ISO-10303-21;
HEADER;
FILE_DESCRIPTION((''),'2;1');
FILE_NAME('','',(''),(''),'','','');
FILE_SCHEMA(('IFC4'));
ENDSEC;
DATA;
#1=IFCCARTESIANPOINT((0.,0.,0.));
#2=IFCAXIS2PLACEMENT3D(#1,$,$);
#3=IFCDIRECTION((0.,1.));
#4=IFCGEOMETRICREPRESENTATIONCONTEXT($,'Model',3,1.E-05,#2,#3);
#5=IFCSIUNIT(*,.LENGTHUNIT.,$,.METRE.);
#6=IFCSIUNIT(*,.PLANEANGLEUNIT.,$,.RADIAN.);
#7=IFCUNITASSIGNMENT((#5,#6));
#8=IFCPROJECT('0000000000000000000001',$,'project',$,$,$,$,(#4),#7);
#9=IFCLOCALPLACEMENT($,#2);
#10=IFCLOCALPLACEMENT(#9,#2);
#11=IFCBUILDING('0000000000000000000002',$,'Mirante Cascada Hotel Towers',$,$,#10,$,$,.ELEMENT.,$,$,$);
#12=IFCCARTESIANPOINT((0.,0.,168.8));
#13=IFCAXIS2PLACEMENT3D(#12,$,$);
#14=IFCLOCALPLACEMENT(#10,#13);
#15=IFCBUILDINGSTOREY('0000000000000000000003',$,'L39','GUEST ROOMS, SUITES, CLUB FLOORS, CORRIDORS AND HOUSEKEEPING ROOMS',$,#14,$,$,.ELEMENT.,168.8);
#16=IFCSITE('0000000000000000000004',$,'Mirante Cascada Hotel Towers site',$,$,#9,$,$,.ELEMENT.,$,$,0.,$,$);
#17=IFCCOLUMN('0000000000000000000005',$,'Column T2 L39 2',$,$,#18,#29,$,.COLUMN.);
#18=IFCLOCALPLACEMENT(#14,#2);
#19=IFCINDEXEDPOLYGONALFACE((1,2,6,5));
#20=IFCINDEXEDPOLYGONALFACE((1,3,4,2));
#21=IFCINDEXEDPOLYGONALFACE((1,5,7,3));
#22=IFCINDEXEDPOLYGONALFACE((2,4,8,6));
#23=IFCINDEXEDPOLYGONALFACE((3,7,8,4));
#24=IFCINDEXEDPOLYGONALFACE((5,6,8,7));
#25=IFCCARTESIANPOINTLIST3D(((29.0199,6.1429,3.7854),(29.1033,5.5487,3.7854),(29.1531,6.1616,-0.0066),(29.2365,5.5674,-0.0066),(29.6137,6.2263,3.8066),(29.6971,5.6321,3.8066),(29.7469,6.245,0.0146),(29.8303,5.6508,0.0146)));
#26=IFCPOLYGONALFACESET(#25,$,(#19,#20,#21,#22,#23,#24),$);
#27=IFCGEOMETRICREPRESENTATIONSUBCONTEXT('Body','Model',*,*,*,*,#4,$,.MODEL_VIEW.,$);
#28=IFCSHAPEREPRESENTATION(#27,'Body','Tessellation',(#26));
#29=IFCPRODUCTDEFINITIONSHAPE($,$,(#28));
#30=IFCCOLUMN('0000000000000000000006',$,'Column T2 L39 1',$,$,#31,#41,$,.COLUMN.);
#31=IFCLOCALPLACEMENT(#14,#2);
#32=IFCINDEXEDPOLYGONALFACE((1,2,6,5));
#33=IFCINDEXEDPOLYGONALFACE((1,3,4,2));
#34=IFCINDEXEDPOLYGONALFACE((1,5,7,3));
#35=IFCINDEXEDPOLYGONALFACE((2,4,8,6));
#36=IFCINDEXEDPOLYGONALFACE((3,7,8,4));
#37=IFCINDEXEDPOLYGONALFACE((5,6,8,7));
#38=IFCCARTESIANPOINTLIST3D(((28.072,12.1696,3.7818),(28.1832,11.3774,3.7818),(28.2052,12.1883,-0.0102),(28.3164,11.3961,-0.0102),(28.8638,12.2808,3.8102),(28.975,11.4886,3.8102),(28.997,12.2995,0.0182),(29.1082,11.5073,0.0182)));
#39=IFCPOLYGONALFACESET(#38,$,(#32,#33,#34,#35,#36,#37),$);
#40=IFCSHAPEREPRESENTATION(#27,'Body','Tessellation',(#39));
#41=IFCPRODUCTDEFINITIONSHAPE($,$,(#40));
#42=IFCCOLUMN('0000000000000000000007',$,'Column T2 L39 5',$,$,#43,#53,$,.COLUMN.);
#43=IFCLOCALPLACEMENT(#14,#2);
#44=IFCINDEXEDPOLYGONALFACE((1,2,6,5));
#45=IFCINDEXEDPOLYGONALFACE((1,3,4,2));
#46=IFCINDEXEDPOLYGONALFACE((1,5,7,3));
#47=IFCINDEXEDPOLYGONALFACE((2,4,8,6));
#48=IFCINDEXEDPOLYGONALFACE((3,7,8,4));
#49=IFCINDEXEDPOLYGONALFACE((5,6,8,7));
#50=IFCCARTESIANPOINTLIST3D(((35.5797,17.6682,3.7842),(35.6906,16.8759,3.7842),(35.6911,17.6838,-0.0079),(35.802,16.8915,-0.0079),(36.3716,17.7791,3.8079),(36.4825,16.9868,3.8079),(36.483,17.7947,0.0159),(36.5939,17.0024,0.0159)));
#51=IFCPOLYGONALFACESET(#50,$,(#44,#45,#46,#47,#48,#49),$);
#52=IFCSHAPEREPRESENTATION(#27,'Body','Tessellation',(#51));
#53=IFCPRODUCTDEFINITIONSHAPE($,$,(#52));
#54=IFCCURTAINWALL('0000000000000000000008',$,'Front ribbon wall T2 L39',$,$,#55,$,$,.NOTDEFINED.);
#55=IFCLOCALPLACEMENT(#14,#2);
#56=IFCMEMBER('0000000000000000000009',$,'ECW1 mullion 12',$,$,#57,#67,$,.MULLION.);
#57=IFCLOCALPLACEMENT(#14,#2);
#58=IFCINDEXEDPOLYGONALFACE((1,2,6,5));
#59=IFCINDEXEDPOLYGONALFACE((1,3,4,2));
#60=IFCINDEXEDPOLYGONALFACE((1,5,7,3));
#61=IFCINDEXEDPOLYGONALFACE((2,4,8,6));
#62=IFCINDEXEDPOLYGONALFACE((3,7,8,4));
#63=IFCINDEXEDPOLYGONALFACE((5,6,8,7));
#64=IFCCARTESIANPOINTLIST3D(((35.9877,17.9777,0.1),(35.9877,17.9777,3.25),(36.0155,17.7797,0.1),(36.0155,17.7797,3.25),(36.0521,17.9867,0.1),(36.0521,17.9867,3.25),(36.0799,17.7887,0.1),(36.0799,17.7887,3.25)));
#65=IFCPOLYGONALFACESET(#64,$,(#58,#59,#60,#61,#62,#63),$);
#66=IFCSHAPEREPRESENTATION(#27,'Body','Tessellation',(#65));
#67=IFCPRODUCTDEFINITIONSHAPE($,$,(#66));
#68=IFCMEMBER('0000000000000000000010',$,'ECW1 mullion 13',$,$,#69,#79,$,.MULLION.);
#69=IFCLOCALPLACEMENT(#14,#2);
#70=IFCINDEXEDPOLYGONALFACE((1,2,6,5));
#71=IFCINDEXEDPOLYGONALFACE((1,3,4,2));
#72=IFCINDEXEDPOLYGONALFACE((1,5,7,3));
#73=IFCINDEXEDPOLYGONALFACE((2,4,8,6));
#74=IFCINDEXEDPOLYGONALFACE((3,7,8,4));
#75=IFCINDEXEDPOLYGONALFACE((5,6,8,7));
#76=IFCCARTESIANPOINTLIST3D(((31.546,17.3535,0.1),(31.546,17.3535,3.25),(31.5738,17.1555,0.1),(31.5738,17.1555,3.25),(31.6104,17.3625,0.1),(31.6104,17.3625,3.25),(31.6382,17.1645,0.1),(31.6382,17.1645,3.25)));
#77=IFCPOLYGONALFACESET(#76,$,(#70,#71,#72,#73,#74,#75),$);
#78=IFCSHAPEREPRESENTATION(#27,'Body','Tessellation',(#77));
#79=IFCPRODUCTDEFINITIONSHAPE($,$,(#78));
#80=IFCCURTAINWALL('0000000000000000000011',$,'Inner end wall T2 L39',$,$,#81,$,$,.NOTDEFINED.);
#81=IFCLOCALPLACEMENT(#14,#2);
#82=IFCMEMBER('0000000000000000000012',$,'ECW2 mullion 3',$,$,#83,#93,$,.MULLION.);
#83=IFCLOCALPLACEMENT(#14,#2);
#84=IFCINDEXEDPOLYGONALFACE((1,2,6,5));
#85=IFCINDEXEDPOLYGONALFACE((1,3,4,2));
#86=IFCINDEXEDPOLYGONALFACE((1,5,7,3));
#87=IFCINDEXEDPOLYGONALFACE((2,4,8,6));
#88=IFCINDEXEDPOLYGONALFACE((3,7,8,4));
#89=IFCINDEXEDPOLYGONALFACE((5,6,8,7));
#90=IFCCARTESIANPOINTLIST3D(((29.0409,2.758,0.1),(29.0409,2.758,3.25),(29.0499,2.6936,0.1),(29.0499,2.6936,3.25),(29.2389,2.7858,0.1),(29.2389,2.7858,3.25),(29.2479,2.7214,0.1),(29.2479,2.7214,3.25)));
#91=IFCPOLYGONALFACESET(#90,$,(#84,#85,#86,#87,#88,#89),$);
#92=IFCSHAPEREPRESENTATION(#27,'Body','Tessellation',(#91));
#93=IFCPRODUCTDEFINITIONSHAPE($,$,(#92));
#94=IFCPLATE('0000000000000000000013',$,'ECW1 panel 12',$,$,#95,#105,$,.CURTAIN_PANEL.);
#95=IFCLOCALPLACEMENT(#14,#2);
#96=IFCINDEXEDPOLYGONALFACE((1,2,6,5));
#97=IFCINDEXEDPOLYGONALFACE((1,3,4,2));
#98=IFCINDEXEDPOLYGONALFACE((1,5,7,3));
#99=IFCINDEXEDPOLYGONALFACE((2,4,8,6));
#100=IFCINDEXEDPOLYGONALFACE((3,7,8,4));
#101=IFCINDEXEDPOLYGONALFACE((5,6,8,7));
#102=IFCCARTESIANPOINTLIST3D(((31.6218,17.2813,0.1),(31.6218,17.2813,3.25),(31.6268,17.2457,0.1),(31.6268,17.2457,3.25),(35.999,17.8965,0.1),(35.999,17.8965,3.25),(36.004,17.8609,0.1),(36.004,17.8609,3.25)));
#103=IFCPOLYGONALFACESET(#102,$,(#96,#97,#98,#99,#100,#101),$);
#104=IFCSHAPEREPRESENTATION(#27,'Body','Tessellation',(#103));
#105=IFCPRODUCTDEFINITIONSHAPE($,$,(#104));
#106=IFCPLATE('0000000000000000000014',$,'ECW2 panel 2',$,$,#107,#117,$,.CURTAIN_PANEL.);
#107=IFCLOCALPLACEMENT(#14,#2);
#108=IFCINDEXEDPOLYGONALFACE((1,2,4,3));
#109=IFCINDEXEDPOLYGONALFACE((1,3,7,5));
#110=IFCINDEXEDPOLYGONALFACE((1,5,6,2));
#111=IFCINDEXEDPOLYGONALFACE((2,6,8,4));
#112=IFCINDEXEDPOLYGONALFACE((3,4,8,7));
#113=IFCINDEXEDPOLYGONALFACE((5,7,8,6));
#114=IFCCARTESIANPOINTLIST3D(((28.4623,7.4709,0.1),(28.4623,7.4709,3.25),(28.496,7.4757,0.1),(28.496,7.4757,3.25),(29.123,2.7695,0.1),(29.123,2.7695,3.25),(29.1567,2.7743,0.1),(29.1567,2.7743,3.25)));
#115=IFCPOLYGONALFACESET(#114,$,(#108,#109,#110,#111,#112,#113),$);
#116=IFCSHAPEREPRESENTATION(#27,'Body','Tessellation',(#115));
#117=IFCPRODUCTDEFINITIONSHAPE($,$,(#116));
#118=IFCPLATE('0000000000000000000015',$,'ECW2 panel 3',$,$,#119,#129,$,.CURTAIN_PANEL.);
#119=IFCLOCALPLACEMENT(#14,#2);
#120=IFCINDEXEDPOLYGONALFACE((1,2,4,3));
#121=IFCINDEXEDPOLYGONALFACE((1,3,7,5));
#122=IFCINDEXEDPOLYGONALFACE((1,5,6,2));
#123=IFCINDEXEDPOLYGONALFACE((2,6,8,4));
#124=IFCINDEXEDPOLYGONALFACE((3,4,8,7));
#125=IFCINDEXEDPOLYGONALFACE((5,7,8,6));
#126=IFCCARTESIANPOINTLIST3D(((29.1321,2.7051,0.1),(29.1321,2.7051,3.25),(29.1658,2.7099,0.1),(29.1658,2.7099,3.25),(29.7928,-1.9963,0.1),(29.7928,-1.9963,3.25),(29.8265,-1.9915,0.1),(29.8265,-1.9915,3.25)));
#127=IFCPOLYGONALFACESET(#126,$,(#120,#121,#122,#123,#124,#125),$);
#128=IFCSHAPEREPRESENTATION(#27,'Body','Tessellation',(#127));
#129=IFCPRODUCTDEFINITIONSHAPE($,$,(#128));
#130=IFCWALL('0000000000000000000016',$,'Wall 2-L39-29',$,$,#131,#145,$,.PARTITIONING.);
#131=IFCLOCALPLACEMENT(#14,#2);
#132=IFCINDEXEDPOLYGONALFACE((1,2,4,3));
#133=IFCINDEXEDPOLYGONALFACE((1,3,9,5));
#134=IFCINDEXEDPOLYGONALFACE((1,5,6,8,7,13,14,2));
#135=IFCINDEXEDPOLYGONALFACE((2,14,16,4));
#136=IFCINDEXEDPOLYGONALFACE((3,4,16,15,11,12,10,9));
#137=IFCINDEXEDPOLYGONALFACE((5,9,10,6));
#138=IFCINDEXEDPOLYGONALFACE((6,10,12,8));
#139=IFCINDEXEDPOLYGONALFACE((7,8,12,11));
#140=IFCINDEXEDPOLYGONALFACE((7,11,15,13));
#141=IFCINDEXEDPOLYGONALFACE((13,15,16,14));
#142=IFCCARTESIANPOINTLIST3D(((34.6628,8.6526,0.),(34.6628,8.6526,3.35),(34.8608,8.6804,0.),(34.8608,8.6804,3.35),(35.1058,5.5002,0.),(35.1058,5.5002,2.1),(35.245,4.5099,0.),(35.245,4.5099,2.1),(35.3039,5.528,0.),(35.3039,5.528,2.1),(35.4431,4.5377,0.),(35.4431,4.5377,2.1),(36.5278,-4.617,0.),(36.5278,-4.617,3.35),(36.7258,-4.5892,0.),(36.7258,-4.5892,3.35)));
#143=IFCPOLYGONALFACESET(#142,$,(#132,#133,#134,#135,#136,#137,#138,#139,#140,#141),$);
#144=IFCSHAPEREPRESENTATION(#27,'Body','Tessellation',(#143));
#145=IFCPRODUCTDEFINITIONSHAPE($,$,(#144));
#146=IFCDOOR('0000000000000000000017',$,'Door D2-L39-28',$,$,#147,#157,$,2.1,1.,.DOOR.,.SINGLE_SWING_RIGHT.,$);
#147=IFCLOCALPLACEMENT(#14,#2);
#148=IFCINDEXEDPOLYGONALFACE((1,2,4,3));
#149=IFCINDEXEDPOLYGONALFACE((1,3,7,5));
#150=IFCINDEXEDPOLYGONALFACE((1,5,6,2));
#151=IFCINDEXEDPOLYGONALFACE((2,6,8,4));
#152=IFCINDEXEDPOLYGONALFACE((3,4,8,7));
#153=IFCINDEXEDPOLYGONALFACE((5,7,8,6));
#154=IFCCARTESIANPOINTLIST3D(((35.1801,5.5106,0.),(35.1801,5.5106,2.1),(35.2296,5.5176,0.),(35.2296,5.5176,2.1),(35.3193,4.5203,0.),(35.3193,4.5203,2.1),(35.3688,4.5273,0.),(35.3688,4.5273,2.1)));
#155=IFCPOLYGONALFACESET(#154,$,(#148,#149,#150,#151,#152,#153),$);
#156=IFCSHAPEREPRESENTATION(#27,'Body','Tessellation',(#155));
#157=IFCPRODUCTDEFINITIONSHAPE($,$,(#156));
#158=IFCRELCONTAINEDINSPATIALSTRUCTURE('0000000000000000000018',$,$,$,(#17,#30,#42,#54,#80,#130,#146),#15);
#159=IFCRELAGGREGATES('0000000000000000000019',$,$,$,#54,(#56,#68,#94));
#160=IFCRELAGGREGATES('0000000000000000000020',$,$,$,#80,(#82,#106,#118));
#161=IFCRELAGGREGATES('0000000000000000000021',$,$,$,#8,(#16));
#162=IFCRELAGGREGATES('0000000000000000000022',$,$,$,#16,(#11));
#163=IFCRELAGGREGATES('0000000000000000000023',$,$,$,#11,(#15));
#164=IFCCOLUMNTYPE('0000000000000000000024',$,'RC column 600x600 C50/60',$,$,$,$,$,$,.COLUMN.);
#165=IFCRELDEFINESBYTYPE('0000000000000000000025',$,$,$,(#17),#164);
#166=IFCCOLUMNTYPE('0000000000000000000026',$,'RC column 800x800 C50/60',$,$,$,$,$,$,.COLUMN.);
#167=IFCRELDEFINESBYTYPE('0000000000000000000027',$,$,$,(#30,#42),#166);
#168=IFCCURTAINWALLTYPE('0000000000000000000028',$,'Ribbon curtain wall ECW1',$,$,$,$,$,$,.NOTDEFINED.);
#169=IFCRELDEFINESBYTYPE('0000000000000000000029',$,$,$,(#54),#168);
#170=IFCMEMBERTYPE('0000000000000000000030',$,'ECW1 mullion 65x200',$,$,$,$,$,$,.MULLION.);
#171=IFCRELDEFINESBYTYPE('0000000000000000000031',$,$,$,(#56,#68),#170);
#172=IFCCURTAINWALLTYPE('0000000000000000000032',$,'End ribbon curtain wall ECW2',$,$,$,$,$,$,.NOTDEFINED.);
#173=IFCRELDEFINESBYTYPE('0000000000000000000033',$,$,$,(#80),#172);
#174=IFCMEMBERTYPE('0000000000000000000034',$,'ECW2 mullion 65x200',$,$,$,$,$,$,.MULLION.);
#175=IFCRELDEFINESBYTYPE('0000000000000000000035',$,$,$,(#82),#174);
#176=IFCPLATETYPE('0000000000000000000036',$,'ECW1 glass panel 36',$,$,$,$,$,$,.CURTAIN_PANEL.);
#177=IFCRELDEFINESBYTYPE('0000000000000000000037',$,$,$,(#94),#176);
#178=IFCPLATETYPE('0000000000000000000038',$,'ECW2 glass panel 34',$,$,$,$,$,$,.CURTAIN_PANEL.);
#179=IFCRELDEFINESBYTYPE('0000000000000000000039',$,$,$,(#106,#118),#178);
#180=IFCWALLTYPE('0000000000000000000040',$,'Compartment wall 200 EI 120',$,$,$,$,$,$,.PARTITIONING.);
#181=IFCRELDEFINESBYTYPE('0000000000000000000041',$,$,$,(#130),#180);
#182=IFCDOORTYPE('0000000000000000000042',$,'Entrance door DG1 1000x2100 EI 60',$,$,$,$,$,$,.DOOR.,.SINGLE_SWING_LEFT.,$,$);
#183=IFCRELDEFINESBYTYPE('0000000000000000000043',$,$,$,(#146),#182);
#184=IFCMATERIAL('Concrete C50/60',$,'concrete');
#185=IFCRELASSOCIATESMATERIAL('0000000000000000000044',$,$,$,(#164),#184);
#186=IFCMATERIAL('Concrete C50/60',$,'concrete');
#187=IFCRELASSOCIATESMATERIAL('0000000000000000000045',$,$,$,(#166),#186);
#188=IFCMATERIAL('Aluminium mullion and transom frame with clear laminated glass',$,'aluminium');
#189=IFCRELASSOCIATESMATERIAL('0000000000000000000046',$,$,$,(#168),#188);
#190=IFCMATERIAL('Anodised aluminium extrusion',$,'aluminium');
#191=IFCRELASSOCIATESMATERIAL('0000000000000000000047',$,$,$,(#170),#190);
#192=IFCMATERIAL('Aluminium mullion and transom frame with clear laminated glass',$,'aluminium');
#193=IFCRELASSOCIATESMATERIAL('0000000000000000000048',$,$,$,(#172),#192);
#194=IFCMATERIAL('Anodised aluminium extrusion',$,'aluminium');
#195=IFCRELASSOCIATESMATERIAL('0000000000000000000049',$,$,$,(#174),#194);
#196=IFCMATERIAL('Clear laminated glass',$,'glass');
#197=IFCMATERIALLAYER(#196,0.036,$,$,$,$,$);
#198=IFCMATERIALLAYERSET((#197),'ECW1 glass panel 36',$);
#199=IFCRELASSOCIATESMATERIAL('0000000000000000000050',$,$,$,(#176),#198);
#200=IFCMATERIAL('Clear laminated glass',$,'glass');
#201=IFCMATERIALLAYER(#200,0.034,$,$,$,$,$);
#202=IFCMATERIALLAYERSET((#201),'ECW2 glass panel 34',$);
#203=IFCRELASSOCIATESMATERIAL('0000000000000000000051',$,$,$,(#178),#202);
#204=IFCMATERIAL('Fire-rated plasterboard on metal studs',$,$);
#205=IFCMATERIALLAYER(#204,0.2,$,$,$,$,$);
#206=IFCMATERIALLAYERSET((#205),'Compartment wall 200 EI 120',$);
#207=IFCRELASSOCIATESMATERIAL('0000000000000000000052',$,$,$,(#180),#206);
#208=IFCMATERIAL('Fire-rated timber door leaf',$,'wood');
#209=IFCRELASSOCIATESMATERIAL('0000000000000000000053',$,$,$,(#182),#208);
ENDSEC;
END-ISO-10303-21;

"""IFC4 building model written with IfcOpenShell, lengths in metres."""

from ifc_helpers import new_model, si_unit, direction, frame, frame_2d, origin, origin_2d, place, context, subcontext, project, spatial, rectangle, extrude, material, layer, layer_set, material_profile, profile_set, type_object, element, fill, aggregate, save


model = new_model("IFC4")

# Units and contexts
model_context = context("Model", 3, precision=1e-05, world=origin(), true_north=direction((0.0, 1.0)))
body_context = subcontext(model_context, "Body", "Model", "MODEL_VIEW")
ifc_project = project(units=[si_unit("LENGTHUNIT", "METRE"), si_unit("PLANEANGLEUNIT", "RADIAN")], contexts=[model_context])

# Site, building, storey
site_placement = place(None, origin())
site = spatial("IfcSite", under=ifc_project, at=site_placement, Name="Mirante Cascada Hotel Towers site", CompositionType="ELEMENT", RefElevation=0.0)
building_placement = place(site_placement, origin())
building = spatial("IfcBuilding", under=site, at=building_placement, Name="Mirante Cascada Hotel Towers", CompositionType="ELEMENT")
storey_placement = place(building_placement, frame((0.0, 0.0, 168.8)))
storey = spatial("IfcBuildingStorey", under=building, at=storey_placement, Name="L39", Description="GUEST ROOMS, SUITES, CLUB FLOORS, CORRIDORS AND HOUSEKEEPING ROOMS", CompositionType="ELEMENT", Elevation=168.8)

# Columns
ifc_material_1 = material(Name="Concrete C50/60", Category="concrete")
ifc_material_profile_1 = material_profile(ifc_material_1, rectangle(XDim=0.6, YDim=0.6, at=origin_2d()), Name="RC column 600x600 C50/60")
ifc_profile_set_1 = profile_set([ifc_material_profile_1], Name="Concrete C50/60")
column_type_1 = type_object("IfcColumnType", Name="RC column 600x600 C50/60", PredefinedType="COLUMN", material=ifc_profile_set_1)
column_1_placement = place(storey_placement, frame((29.4917, 5.9062, 0.004), z_axis=(-0.035104, -0.004928, 0.999371), x_axis=(0.139027, -0.990289, 0.0)))
element("IfcColumn", 1, at=column_1_placement, inside=storey, type_object=column_type_1, Name="Column T2 L39 2", PredefinedType="COLUMN", context=body_context, shape_type="SweptSolid", body=[
    extrude(rectangle(XDim=0.6, YDim=0.6, at=origin_2d()), origin(), (0.0, 0.0, 1.0), 3.7944),
])
ifc_material_2 = material(Name="Concrete C50/60", Category="concrete")
ifc_material_profile_2 = material_profile(ifc_material_2, rectangle(XDim=0.8, YDim=0.8, at=origin_2d()), Name="RC column 800x800 C50/60")
ifc_profile_set_2 = profile_set([ifc_material_profile_2], Name="Concrete C50/60")
column_type_2 = type_object("IfcColumnType", Name="RC column 800x800 C50/60", PredefinedType="COLUMN", material=ifc_profile_set_2)
column_2_placement = place(storey_placement, frame((28.6567, 11.8478, 0.004), z_axis=(-0.035104, -0.004928, 0.999371), x_axis=(0.139027, -0.990289, 0.0)))
element("IfcColumn", 2, at=column_2_placement, inside=storey, type_object=column_type_2, Name="Column T2 L39 1", PredefinedType="COLUMN", context=body_context, shape_type="SweptSolid", body=[
    extrude(rectangle(XDim=0.8, YDim=0.8, at=origin_2d()), origin(), (0.0, 0.0, 1.0), 3.7944),
])
column_3_placement = place(storey_placement, frame((36.1425, 17.3431, 0.004), z_axis=(-0.029365, -0.004112, 0.99956), x_axis=(0.138683, -0.990337, 0.0)))
element("IfcColumn", 3, at=column_3_placement, inside=storey, type_object=column_type_2, Name="Column T2 L39 5", PredefinedType="COLUMN", context=body_context, shape_type="SweptSolid", body=[
    extrude(rectangle(XDim=0.8, YDim=0.8, at=origin_2d()), origin(), (0.0, 0.0, 1.0), 3.7937),
])

# Curtain wall, members
ifc_material_3 = material(Name="Aluminium mullion and transom frame with clear laminated glass", Category="aluminium")
curtain_wall_type_1 = type_object("IfcCurtainWallType", Name="Ribbon curtain wall ECW1", PredefinedType="NOTDEFINED", material=ifc_material_3)
curtain_wall_1_placement = place(storey_placement, origin())
curtain_wall_1 = element("IfcCurtainWall", 4, at=curtain_wall_1_placement, inside=storey, type_object=curtain_wall_type_1, Name="Front ribbon wall T2 L39", PredefinedType="NOTDEFINED")
ifc_material_4 = material(Name="Anodised aluminium extrusion", Category="aluminium")
ifc_material_profile_3 = material_profile(ifc_material_4, rectangle(XDim=0.2, YDim=0.065, at=origin_2d()), Name="ECW1 MULLION 65x200")
ifc_profile_set_3 = profile_set([ifc_material_profile_3], Name="Anodised aluminium extrusion")
member_type_1 = type_object("IfcMemberType", Name="ECW1 mullion 65x200", PredefinedType="MULLION", material=ifc_profile_set_3)
member_1_placement = place(storey_placement, frame((36.0338, 17.8832, 0.1), z_axis=(0.0, 0.0, 1.0), x_axis=(0.139173, -0.990268, 0.0)))
member_1 = element("IfcMember", 5, at=member_1_placement, type_object=member_type_1, Name="ECW1 mullion 12", PredefinedType="MULLION", context=body_context, shape_type="SweptSolid", body=[
    extrude(rectangle(XDim=0.2, YDim=0.065, at=origin_2d()), origin(), (0.0, 0.0, 1.0), 3.15),
])
member_2_placement = place(storey_placement, frame((31.5921, 17.259, 0.1), z_axis=(0.0, 0.0, 1.0), x_axis=(0.139173, -0.990268, 0.0)))
member_2 = element("IfcMember", 6, at=member_2_placement, type_object=member_type_1, Name="ECW1 mullion 13", PredefinedType="MULLION", context=body_context, shape_type="SweptSolid", body=[
    extrude(rectangle(XDim=0.2, YDim=0.065, at=origin_2d()), origin(), (0.0, 0.0, 1.0), 3.15),
])

# Curtain wall, member
ifc_material_5 = material(Name="Aluminium mullion and transom frame with clear laminated glass", Category="aluminium")
curtain_wall_type_2 = type_object("IfcCurtainWallType", Name="End ribbon curtain wall ECW2", PredefinedType="NOTDEFINED", material=ifc_material_5)
curtain_wall_2_placement = place(storey_placement, origin())
curtain_wall_2 = element("IfcCurtainWall", 7, at=curtain_wall_2_placement, inside=storey, type_object=curtain_wall_type_2, Name="Inner end wall T2 L39", PredefinedType="NOTDEFINED")
ifc_material_6 = material(Name="Anodised aluminium extrusion", Category="aluminium")
ifc_material_profile_4 = material_profile(ifc_material_6, rectangle(XDim=0.2, YDim=0.065, at=origin_2d()), Name="ECW2 MULLION 65x200")
ifc_profile_set_4 = profile_set([ifc_material_profile_4], Name="Anodised aluminium extrusion")
member_type_2 = type_object("IfcMemberType", Name="ECW2 mullion 65x200", PredefinedType="MULLION", material=ifc_profile_set_4)
member_3_placement = place(storey_placement, frame((29.1444, 2.7397, 0.1), z_axis=(0.0, 0.0, 1.0), x_axis=(0.990268, 0.139173, 0.0)))
member_3 = element("IfcMember", 8, at=member_3_placement, type_object=member_type_2, Name="ECW2 mullion 3", PredefinedType="MULLION", context=body_context, shape_type="SweptSolid", body=[
    extrude(rectangle(XDim=0.2, YDim=0.065, at=origin_2d()), origin(), (0.0, 0.0, 1.0), 3.15),
])

# Plates
ifc_material_7 = material(Name="Clear laminated glass", Category="glass")
ifc_layer_1 = layer(ifc_material_7, 0.036)
ifc_layer_set_1 = layer_set([ifc_layer_1], Name="ECW1 glass panel 36")
plate_type_1 = type_object("IfcPlateType", Name="ECW1 glass panel 36", PredefinedType="CURTAIN_PANEL", material=ifc_layer_set_1)
plate_1_placement = place(storey_placement, frame((33.8129, 17.5711, 0.1), z_axis=(0.0, 0.0, 1.0), x_axis=(-0.990268, -0.139173, 0.0)))
plate_1 = element("IfcPlate", 9, at=plate_1_placement, type_object=plate_type_1, Name="ECW1 panel 12", PredefinedType="CURTAIN_PANEL", context=body_context, shape_type="SweptSolid", body=[
    extrude(rectangle(XDim=4.4203, YDim=0.036, at=origin_2d()), origin(), (0.0, 0.0, 1.0), 3.15),
])
aggregate(curtain_wall_1, [member_1, member_2, plate_1])
ifc_material_8 = material(Name="Clear laminated glass", Category="glass")
ifc_layer_2 = layer(ifc_material_8, 0.034)
ifc_layer_set_2 = layer_set([ifc_layer_2], Name="ECW2 glass panel 34")
plate_type_2 = type_object("IfcPlateType", Name="ECW2 glass panel 34", PredefinedType="CURTAIN_PANEL", material=ifc_layer_set_2)
plate_2_placement = place(storey_placement, frame((28.8095, 5.1226, 0.1), z_axis=(0.0, 0.0, 1.0), x_axis=(0.139173, -0.990268, 0.0)))
plate_2 = element("IfcPlate", 10, at=plate_2_placement, type_object=plate_type_2, Name="ECW2 panel 2", PredefinedType="CURTAIN_PANEL", context=body_context, shape_type="SweptSolid", body=[
    extrude(rectangle(XDim=4.7476, YDim=0.034, at=origin_2d()), origin(), (0.0, 0.0, 1.0), 3.15),
])
plate_3_placement = place(storey_placement, frame((29.4793, 0.3568, 0.1), z_axis=(0.0, 0.0, 1.0), x_axis=(0.139173, -0.990268, 0.0)))
plate_3 = element("IfcPlate", 11, at=plate_3_placement, type_object=plate_type_2, Name="ECW2 panel 3", PredefinedType="CURTAIN_PANEL", context=body_context, shape_type="SweptSolid", body=[
    extrude(rectangle(XDim=4.7476, YDim=0.034, at=origin_2d()), origin(), (0.0, 0.0, 1.0), 3.15),
])
aggregate(curtain_wall_2, [member_3, plate_2, plate_3])

# Wall, opening, door
ifc_material_9 = material(Name="Fire-rated plasterboard on metal studs")
ifc_layer_3 = layer(ifc_material_9, 0.2)
ifc_layer_set_3 = layer_set([ifc_layer_3], Name="Compartment wall 200 EI 120")
wall_type_1 = type_object("IfcWallType", Name="Compartment wall 200 EI 120", PredefinedType="PARTITIONING", material=ifc_layer_set_3)
wall_1_placement = place(storey_placement, frame((34.7618, 8.6665, 0.0), z_axis=(0.0, 0.0, 1.0), x_axis=(0.139179, -0.990267, 0.0)))
wall_1 = element("IfcWall", 12, at=wall_1_placement, inside=storey, type_object=wall_type_1, Name="Wall 2-L39-29", PredefinedType="PARTITIONING", context=body_context, shape_type="SweptSolid", body=[
    extrude(rectangle(XDim=13.4, YDim=0.2, at=frame_2d((6.7, 0.0))), origin(), (0.0, 0.0, 1.0), 3.35),
])
opening_1_placement = place(wall_1_placement, frame((3.1834, 0.0, 0.0)))
opening_1 = element("IfcOpeningElement", 13, at=opening_1_placement, cuts=wall_1, PredefinedType="OPENING", context=body_context, shape_type="SweptSolid", body=[
    extrude(rectangle(XDim=1.0, YDim=2.1, at=frame_2d((0.5, 1.05))), frame((0.0, 0.1, 0.0), z_axis=(0.0, -1.0, 0.0), x_axis=(1.0, 0.0, 0.0)), (0.0, 0.0, 1.0), 0.2),
])
ifc_material_10 = material(Name="Fire-rated timber door leaf", Category="wood")
door_type_1 = type_object("IfcDoorType", Name="Entrance door DG1 1000x2100 EI 60", OperationType="SINGLE_SWING_LEFT", PredefinedType="DOOR", material=ifc_material_10)
door_1_placement = place(opening_1_placement, frame((1.0, 0.0, 0.0), z_axis=(0.0, 0.0, 1.0), x_axis=(-1.0, 0.0, 0.0)))
door_1 = element("IfcDoor", 14, at=door_1_placement, inside=storey, type_object=door_type_1, Name="Door D2-L39-28", OperationType="SINGLE_SWING_RIGHT", OverallHeight=2.1, OverallWidth=1.0, PredefinedType="DOOR", context=body_context, shape_type="SweptSolid", body=[
    extrude(rectangle(XDim=1.0, YDim=2.1, at=frame_2d((0.5, 1.05))), frame((0.0, 0.025, 0.0), z_axis=(0.0, -1.0, 0.0), x_axis=(1.0, 0.0, 0.0)), (0.0, 0.0, 1.0), 0.05),
])
fill(opening_1, door_1)

save(model, "model.ifc")
